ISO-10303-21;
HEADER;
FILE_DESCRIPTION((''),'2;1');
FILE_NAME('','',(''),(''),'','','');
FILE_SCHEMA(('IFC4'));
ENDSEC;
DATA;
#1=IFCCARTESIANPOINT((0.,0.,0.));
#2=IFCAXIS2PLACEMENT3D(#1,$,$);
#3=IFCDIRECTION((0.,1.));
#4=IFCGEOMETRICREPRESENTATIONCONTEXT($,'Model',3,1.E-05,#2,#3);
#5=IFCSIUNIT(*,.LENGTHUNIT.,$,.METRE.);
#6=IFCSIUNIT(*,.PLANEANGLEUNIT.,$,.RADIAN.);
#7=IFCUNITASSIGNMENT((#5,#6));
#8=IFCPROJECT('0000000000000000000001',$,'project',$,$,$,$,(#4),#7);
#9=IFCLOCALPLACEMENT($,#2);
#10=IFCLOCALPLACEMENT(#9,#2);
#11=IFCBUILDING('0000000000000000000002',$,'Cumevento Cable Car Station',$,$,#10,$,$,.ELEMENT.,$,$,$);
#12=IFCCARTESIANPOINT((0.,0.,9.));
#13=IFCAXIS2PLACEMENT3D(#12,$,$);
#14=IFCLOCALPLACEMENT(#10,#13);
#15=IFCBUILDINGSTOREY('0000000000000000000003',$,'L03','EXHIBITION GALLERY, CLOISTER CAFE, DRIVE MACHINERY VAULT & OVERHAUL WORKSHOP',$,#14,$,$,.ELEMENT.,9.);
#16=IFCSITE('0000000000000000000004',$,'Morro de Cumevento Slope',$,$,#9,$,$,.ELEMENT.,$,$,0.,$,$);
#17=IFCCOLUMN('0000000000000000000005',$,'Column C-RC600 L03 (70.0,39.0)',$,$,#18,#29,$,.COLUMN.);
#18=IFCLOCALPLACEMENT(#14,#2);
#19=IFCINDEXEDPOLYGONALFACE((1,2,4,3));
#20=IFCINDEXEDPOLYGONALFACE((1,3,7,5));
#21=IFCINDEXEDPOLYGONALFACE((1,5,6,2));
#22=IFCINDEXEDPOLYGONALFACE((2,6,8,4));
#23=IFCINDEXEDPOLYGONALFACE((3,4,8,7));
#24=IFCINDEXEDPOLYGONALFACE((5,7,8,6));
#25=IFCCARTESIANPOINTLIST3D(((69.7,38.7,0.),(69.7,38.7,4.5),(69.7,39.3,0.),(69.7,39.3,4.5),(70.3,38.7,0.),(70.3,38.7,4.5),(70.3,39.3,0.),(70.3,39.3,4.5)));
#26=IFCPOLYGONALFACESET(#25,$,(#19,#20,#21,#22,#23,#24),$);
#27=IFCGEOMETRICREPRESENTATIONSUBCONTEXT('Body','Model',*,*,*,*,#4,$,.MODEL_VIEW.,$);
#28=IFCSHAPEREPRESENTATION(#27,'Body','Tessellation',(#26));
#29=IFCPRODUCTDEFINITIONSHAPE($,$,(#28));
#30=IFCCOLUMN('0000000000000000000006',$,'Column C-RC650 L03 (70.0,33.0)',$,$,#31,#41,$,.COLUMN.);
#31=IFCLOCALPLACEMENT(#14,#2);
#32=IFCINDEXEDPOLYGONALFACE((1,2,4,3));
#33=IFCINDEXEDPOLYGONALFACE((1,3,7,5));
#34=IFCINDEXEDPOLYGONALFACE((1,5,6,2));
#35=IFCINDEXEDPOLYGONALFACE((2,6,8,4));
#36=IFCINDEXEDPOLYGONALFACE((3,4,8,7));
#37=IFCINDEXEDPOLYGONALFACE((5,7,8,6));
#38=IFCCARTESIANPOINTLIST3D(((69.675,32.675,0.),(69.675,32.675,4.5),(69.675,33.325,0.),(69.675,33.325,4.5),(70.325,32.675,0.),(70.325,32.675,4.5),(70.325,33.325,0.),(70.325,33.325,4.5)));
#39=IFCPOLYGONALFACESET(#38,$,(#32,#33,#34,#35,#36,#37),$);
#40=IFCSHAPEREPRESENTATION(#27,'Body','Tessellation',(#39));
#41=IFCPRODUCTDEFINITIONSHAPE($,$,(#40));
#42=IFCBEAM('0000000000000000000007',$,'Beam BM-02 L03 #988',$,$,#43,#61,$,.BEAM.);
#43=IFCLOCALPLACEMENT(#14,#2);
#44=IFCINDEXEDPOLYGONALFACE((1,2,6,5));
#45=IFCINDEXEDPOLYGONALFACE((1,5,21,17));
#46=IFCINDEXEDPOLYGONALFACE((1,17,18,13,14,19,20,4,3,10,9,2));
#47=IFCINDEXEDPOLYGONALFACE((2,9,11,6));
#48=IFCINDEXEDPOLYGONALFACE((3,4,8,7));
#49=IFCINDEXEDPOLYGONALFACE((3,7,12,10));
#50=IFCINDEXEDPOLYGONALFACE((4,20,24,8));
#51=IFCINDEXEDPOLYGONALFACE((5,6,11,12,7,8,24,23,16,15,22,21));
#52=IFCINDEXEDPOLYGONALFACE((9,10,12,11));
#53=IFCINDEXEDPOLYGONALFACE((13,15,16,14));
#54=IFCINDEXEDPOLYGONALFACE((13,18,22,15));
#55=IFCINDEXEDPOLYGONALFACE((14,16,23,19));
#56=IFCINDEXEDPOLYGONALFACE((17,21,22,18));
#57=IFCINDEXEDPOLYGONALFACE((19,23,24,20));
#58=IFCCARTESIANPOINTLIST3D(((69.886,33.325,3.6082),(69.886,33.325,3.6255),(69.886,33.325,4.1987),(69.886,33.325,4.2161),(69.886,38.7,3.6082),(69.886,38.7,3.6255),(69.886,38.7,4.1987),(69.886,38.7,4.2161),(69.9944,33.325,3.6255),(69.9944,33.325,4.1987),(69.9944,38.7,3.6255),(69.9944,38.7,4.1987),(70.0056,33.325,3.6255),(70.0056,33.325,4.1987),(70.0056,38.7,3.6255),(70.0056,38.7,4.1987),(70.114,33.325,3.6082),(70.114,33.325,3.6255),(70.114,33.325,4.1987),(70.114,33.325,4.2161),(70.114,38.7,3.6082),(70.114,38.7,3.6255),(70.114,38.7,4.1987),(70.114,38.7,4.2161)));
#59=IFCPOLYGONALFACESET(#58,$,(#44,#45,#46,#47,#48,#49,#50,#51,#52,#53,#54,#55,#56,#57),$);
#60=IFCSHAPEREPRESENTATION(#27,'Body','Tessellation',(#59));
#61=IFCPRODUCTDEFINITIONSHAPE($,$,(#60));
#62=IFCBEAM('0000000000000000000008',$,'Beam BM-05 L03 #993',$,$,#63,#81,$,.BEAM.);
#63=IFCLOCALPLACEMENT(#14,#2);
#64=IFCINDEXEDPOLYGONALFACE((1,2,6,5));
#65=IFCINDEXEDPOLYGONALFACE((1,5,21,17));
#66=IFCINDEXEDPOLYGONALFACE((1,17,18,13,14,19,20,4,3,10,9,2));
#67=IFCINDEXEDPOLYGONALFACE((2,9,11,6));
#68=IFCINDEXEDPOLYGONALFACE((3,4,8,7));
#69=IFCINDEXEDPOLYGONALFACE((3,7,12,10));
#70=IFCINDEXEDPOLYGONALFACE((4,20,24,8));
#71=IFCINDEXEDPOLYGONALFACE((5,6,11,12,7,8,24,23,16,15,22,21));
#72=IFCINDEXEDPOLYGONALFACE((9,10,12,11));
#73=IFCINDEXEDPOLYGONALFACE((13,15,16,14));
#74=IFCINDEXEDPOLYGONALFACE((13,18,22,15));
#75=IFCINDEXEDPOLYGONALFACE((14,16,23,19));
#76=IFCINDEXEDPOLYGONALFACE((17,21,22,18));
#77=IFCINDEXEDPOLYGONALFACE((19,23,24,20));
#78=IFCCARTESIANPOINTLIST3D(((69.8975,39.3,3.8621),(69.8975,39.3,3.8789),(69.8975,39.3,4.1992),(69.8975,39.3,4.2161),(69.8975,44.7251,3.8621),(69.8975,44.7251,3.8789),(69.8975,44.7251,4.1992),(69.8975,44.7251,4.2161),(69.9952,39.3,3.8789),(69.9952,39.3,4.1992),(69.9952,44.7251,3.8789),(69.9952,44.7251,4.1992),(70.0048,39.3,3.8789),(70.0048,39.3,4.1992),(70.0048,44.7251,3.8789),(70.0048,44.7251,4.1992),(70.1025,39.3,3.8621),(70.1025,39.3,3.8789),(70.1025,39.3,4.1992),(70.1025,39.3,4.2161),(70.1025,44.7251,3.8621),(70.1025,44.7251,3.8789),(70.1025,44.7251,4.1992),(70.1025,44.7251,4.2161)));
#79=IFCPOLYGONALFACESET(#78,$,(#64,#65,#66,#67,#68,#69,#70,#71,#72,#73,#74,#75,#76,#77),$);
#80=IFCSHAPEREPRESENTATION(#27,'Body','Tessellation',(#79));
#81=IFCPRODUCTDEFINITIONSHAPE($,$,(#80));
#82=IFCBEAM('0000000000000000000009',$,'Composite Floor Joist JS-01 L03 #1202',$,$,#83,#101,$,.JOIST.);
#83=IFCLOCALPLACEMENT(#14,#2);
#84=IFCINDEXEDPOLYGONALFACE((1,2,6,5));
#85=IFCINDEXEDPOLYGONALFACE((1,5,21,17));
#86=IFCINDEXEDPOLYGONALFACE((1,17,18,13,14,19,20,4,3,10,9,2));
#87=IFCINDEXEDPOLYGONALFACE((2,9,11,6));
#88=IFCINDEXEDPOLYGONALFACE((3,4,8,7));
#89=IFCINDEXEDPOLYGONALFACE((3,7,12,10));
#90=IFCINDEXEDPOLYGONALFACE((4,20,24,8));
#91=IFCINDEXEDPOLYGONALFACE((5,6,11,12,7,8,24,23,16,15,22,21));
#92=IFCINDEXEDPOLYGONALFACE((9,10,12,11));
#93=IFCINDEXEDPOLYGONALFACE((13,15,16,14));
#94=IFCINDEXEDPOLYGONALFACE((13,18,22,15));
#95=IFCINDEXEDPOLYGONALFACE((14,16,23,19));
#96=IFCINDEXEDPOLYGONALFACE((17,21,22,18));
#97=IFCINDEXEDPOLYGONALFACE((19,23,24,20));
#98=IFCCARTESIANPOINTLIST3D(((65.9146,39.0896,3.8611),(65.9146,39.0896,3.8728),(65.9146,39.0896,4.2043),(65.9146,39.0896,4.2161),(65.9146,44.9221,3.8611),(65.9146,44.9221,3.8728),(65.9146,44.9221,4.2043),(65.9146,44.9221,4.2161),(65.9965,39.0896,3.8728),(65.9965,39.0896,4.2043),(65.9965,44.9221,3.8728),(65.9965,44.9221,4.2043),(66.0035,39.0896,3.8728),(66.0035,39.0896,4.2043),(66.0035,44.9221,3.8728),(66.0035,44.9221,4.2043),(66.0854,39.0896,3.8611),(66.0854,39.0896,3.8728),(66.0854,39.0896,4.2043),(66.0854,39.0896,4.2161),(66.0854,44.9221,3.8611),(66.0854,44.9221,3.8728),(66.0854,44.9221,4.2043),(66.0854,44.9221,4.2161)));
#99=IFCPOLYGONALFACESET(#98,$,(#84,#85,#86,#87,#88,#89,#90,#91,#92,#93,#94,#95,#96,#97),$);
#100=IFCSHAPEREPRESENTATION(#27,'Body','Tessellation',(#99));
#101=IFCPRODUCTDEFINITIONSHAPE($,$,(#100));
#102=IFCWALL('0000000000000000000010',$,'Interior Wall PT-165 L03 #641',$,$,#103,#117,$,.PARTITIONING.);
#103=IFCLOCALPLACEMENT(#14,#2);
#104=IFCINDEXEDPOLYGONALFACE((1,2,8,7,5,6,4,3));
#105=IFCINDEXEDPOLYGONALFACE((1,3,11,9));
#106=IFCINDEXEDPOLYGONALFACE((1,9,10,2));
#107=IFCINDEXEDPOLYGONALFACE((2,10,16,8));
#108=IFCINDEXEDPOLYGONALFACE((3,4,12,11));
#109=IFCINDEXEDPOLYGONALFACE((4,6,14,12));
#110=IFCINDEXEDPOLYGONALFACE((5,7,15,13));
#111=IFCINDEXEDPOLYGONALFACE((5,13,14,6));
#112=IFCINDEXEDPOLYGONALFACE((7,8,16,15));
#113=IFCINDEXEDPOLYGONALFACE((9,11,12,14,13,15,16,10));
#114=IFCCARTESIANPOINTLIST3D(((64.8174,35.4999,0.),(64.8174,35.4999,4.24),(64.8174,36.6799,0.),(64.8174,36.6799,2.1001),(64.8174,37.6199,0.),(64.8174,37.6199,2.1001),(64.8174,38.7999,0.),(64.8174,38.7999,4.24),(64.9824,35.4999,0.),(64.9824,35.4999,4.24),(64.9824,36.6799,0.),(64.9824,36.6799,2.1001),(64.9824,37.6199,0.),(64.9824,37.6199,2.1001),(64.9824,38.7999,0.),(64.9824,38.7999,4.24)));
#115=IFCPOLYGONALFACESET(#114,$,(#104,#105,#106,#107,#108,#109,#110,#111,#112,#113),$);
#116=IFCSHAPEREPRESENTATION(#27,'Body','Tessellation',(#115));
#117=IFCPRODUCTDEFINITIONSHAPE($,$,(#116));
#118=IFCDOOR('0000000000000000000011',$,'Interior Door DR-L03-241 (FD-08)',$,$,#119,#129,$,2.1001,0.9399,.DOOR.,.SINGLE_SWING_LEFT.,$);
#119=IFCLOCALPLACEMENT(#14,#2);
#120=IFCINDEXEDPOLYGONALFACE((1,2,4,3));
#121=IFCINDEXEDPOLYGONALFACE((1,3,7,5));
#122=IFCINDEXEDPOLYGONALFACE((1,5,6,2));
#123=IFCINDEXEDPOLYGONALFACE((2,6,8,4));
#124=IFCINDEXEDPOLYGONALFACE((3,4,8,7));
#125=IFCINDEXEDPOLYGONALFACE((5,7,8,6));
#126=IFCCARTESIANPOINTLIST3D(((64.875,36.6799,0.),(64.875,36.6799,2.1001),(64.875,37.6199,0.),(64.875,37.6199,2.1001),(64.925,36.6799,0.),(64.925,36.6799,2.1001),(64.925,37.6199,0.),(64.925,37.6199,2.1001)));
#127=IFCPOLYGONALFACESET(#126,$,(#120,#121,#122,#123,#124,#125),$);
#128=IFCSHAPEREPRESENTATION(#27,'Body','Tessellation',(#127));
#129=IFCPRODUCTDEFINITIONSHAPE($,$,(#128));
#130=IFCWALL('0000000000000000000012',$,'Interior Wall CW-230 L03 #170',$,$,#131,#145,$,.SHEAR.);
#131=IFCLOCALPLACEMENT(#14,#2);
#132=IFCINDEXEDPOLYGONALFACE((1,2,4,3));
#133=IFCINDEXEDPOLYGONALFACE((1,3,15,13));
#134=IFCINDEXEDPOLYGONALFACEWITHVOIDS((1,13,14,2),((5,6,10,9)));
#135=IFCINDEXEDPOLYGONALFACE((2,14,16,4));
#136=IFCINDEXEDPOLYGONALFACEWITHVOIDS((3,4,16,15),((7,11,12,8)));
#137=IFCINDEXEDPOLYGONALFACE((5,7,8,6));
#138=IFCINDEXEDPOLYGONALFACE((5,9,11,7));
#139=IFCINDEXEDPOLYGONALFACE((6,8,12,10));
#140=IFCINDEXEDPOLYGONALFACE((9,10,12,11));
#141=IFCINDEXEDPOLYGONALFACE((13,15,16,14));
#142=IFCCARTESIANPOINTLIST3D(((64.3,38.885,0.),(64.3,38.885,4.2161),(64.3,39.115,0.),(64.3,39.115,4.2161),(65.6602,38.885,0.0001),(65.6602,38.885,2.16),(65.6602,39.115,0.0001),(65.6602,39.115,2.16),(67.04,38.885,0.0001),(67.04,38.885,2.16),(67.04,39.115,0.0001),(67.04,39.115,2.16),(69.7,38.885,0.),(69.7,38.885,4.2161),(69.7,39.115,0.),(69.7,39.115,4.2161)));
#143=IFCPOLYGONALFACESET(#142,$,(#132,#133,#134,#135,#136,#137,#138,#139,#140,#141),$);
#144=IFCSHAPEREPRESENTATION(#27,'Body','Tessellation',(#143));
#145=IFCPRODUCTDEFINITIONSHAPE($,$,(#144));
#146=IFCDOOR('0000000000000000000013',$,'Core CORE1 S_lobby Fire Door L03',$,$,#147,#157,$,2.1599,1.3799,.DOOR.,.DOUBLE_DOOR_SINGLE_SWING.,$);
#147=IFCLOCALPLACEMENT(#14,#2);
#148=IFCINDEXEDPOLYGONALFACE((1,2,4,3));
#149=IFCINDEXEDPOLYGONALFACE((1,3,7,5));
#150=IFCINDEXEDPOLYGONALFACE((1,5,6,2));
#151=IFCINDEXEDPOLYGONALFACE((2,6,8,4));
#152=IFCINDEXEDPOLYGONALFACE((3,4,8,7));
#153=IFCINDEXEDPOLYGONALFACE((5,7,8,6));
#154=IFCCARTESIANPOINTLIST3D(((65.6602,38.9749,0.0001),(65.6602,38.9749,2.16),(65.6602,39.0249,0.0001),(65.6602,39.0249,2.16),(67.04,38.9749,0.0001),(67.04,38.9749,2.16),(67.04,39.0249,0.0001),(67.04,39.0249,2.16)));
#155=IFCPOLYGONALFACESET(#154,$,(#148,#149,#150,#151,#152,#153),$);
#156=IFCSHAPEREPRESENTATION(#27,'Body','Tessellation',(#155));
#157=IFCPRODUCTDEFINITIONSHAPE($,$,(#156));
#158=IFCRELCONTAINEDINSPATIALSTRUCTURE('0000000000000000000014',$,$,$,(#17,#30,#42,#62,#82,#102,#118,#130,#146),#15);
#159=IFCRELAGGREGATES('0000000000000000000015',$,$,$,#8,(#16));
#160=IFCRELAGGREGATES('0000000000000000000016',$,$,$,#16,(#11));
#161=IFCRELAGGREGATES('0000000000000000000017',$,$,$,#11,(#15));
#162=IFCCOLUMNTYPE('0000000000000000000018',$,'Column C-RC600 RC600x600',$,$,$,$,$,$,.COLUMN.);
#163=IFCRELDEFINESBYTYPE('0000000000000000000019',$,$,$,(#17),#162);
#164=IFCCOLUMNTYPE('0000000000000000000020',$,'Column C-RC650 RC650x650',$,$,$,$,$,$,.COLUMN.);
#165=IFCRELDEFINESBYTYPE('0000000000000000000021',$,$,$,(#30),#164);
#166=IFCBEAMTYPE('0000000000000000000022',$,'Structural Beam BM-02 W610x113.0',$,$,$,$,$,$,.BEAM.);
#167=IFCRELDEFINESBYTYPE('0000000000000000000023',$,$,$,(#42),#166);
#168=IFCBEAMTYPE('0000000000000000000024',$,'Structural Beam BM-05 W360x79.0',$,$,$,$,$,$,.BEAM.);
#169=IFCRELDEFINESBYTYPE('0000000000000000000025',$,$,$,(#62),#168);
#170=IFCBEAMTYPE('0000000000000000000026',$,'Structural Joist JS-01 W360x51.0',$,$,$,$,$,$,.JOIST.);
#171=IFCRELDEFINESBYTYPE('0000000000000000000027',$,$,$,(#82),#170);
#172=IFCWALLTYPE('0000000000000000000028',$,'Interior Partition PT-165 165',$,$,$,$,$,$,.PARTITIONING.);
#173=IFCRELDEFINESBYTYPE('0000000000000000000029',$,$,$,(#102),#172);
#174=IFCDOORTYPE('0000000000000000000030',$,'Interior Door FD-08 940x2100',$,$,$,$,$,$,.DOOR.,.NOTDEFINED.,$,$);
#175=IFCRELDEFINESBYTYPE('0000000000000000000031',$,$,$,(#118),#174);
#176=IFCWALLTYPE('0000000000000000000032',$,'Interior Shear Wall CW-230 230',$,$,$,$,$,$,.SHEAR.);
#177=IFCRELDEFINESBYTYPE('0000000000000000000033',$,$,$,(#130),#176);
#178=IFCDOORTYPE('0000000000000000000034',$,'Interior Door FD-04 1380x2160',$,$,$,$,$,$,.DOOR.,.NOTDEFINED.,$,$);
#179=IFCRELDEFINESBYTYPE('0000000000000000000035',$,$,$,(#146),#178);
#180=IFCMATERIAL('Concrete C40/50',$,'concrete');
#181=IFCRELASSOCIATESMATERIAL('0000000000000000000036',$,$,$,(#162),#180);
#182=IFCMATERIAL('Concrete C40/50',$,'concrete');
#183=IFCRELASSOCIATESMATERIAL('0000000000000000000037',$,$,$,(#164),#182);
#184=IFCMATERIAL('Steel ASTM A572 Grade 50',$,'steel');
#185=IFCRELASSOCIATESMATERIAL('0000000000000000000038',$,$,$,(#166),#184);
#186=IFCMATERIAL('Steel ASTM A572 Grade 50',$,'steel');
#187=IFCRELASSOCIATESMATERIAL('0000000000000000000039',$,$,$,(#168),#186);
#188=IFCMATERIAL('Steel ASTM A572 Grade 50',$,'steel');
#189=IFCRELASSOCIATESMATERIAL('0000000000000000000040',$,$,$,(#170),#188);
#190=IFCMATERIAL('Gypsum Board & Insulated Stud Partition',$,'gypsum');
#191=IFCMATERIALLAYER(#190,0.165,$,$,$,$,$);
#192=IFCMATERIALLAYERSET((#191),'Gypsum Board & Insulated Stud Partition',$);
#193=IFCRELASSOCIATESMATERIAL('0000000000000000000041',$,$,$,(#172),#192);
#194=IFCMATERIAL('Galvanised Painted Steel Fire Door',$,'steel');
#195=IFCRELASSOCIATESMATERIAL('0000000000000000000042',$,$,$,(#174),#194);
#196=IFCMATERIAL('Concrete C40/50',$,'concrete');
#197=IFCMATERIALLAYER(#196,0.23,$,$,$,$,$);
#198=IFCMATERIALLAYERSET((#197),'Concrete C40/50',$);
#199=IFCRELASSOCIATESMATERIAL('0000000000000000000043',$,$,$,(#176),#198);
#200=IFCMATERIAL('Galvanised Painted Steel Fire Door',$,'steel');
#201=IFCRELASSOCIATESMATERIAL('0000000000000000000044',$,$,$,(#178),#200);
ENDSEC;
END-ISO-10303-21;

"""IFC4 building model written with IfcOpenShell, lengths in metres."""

from ifc_helpers import new_model, si_unit, direction, frame, frame_2d, origin, origin_2d, place, context, subcontext, project, spatial, rectangle, i_section, extrude, material, layer, layer_set, material_profile, profile_set, type_object, element, fill, save


model = new_model("IFC4")

# Units and contexts
model_context = context("Model", 3, precision=1e-05, world=origin(), true_north=direction((0.0, 1.0)))
body_context = subcontext(model_context, "Body", "Model", "MODEL_VIEW")
ifc_project = project(units=[si_unit("LENGTHUNIT", "METRE"), si_unit("PLANEANGLEUNIT", "RADIAN")], contexts=[model_context])

# Site, building, storey
site_placement = place(None, origin())
site = spatial("IfcSite", under=ifc_project, at=site_placement, Name="Morro de Cumevento Slope", CompositionType="ELEMENT", RefElevation=0.0)
building_placement = place(site_placement, origin())
building = spatial("IfcBuilding", under=site, at=building_placement, Name="Cumevento Cable Car Station", CompositionType="ELEMENT")
storey_placement = place(building_placement, frame((0.0, 0.0, 9.0)))
storey = spatial("IfcBuildingStorey", under=building, at=storey_placement, Name="L03", Description="EXHIBITION GALLERY, CLOISTER CAFE, DRIVE MACHINERY VAULT & OVERHAUL WORKSHOP", CompositionType="ELEMENT", Elevation=9.0)

# Columns
ifc_material_1 = material(Name="Concrete C40/50", Category="concrete")
ifc_material_profile_1 = material_profile(ifc_material_1, rectangle(XDim=0.6001, YDim=0.6001, at=origin_2d()), Name="RC600x600")
ifc_profile_set_1 = profile_set([ifc_material_profile_1], Name="Concrete C40/50")
column_type_1 = type_object("IfcColumnType", Name="Column C-RC600 RC600x600", PredefinedType="COLUMN", material=ifc_profile_set_1)
column_1_placement = place(storey_placement, frame((70.0, 39.0, 0.0), z_axis=(0.0, 0.0, 1.0), x_axis=(1.0, 0.0, 0.0)))
element("IfcColumn", 1, at=column_1_placement, inside=storey, type_object=column_type_1, Name="Column C-RC600 L03 (70.0,39.0)", PredefinedType="COLUMN", context=body_context, shape_type="SweptSolid", body=[
    extrude(rectangle(XDim=0.6001, YDim=0.6001, at=origin_2d()), origin(), (0.0, 0.0, 1.0), 4.5),
])
ifc_material_2 = material(Name="Concrete C40/50", Category="concrete")
ifc_material_profile_2 = material_profile(ifc_material_2, rectangle(XDim=0.6499, YDim=0.6499, at=origin_2d()), Name="RC650x650")
ifc_profile_set_2 = profile_set([ifc_material_profile_2], Name="Concrete C40/50")
column_type_2 = type_object("IfcColumnType", Name="Column C-RC650 RC650x650", PredefinedType="COLUMN", material=ifc_profile_set_2)
column_2_placement = place(storey_placement, frame((70.0, 33.0, 0.0), z_axis=(0.0, 0.0, 1.0), x_axis=(1.0, 0.0, 0.0)))
element("IfcColumn", 2, at=column_2_placement, inside=storey, type_object=column_type_2, Name="Column C-RC650 L03 (70.0,33.0)", PredefinedType="COLUMN", context=body_context, shape_type="SweptSolid", body=[
    extrude(rectangle(XDim=0.6499, YDim=0.6499, at=origin_2d()), origin(), (0.0, 0.0, 1.0), 4.5),
])

# Beams
ifc_material_3 = material(Name="Steel ASTM A572 Grade 50", Category="steel")
ifc_material_profile_3 = material_profile(ifc_material_3, i_section(OverallWidth=0.228, OverallDepth=0.6079, WebThickness=0.0112, FlangeThickness=0.0173, at=origin_2d()), Name="W610x113.0")
ifc_profile_set_3 = profile_set([ifc_material_profile_3], Name="Steel ASTM A572 Grade 50")
beam_type_1 = type_object("IfcBeamType", Name="Structural Beam BM-02 W610x113.0", PredefinedType="BEAM", material=ifc_profile_set_3)
beam_1_placement = place(storey_placement, frame((70.0, 33.325, 3.9121), z_axis=(0.0, 1.0, 0.0), x_axis=(-1.0, 0.0, 0.0)))
element("IfcBeam", 3, at=beam_1_placement, inside=storey, type_object=beam_type_1, Name="Beam BM-02 L03 #988", PredefinedType="BEAM", context=body_context, shape_type="SweptSolid", body=[
    extrude(i_section(OverallWidth=0.228, OverallDepth=0.6079, WebThickness=0.0112, FlangeThickness=0.0173, at=origin_2d()), origin(), (0.0, 0.0, 1.0), 5.375),
])
ifc_material_4 = material(Name="Steel ASTM A572 Grade 50", Category="steel")
ifc_material_profile_4 = material_profile(ifc_material_4, i_section(OverallWidth=0.2051, OverallDepth=0.354, WebThickness=0.0095, FlangeThickness=0.0168, at=origin_2d()), Name="W360x79.0")
ifc_profile_set_4 = profile_set([ifc_material_profile_4], Name="Steel ASTM A572 Grade 50")
beam_type_2 = type_object("IfcBeamType", Name="Structural Beam BM-05 W360x79.0", PredefinedType="BEAM", material=ifc_profile_set_4)
beam_2_placement = place(storey_placement, frame((70.0, 39.3, 4.0391), z_axis=(0.0, 1.0, 0.0), x_axis=(-1.0, 0.0, 0.0)))
element("IfcBeam", 4, at=beam_2_placement, inside=storey, type_object=beam_type_2, Name="Beam BM-05 L03 #993", PredefinedType="BEAM", context=body_context, shape_type="SweptSolid", body=[
    extrude(i_section(OverallWidth=0.2051, OverallDepth=0.354, WebThickness=0.0095, FlangeThickness=0.0168, at=origin_2d()), origin(), (0.0, 0.0, 1.0), 5.425),
])
ifc_material_5 = material(Name="Steel ASTM A572 Grade 50", Category="steel")
ifc_material_profile_5 = material_profile(ifc_material_5, i_section(OverallWidth=0.1709, OverallDepth=0.355, WebThickness=0.0071, FlangeThickness=0.0117, at=origin_2d()), Name="W360x51.0")
ifc_profile_set_5 = profile_set([ifc_material_profile_5], Name="Steel ASTM A572 Grade 50")
beam_type_3 = type_object("IfcBeamType", Name="Structural Joist JS-01 W360x51.0", PredefinedType="JOIST", material=ifc_profile_set_5)
beam_3_placement = place(storey_placement, frame((66.0, 39.0896, 4.0386), z_axis=(0.0, 1.0, 0.0), x_axis=(-1.0, 0.0, 0.0)))
element("IfcBeam", 5, at=beam_3_placement, inside=storey, type_object=beam_type_3, Name="Composite Floor Joist JS-01 L03 #1202", PredefinedType="JOIST", context=body_context, shape_type="SweptSolid", body=[
    extrude(i_section(OverallWidth=0.1709, OverallDepth=0.355, WebThickness=0.0071, FlangeThickness=0.0117, at=origin_2d()), origin(), (0.0, 0.0, 1.0), 5.8325),
])

# Walls, openings, doors
ifc_material_6 = material(Name="Gypsum Board & Insulated Stud Partition", Category="gypsum")
ifc_layer_1 = layer(ifc_material_6, 0.165)
ifc_layer_set_1 = layer_set([ifc_layer_1], Name="Gypsum Board & Insulated Stud Partition")
wall_type_1 = type_object("IfcWallType", Name="Interior Partition PT-165 165", PredefinedType="PARTITIONING", material=ifc_layer_set_1)
wall_1_placement = place(storey_placement, frame((64.8999, 35.5, 0.0), z_axis=(0.0, 0.0, 1.0), x_axis=(0.0, 1.0, 0.0)))
wall_1 = element("IfcWall", 6, at=wall_1_placement, inside=storey, type_object=wall_type_1, Name="Interior Wall PT-165 L03 #641", PredefinedType="PARTITIONING", context=body_context, shape_type="SweptSolid", body=[
    extrude(rectangle(XDim=3.3, YDim=0.165, at=frame_2d((1.6499, 0.0))), origin(), (0.0, 0.0, 1.0), 4.24),
])
opening_1_placement = place(wall_1_placement, frame((1.1799, 0.0, 0.0)))
opening_1 = element("IfcOpeningElement", 7, at=opening_1_placement, cuts=wall_1, PredefinedType="OPENING", context=body_context, shape_type="SweptSolid", body=[
    extrude(rectangle(XDim=0.9399, YDim=2.1001, at=frame_2d((0.47, 1.05))), frame((0.0, 0.0925, 0.0), z_axis=(0.0, -1.0, 0.0), x_axis=(1.0, 0.0, 0.0)), (0.0, 0.0, 1.0), 0.1851),
])
ifc_material_7 = material(Name="Galvanised Painted Steel Fire Door", Category="steel")
door_type_1 = type_object("IfcDoorType", Name="Interior Door FD-08 940x2100", OperationType="NOTDEFINED", PredefinedType="DOOR", material=ifc_material_7)
door_1_placement = place(opening_1_placement, origin())
door_1 = element("IfcDoor", 8, at=door_1_placement, inside=storey, type_object=door_type_1, Name="Interior Door DR-L03-241 (FD-08)", OperationType="SINGLE_SWING_LEFT", OverallHeight=2.1001, OverallWidth=0.9399, PredefinedType="DOOR", context=body_context, shape_type="SweptSolid", body=[
    extrude(rectangle(XDim=0.9399, YDim=2.1001, at=frame_2d((0.47, 1.05))), frame((0.0, 0.0249, 0.0), z_axis=(0.0, -1.0, 0.0), x_axis=(1.0, 0.0, 0.0)), (0.0, 0.0, 1.0), 0.05),
])
fill(opening_1, door_1)
ifc_material_8 = material(Name="Concrete C40/50", Category="concrete")
ifc_layer_2 = layer(ifc_material_8, 0.23)
ifc_layer_set_2 = layer_set([ifc_layer_2], Name="Concrete C40/50")
wall_type_2 = type_object("IfcWallType", Name="Interior Shear Wall CW-230 230", PredefinedType="SHEAR", material=ifc_layer_set_2)
wall_2_placement = place(storey_placement, frame((64.3, 39.0, 0.0), z_axis=(0.0, 0.0, 1.0), x_axis=(1.0, 0.0, 0.0)))
wall_2 = element("IfcWall", 9, at=wall_2_placement, inside=storey, type_object=wall_type_2, Name="Interior Wall CW-230 L03 #170", PredefinedType="SHEAR", context=body_context, shape_type="SweptSolid", body=[
    extrude(rectangle(XDim=5.3999, YDim=0.23, at=frame_2d((2.7, 0.0))), origin(), (0.0, 0.0, 1.0), 4.2161),
])
opening_2_placement = place(wall_2_placement, frame((1.3601, 0.0, 0.0)))
opening_2 = element("IfcOpeningElement", 10, at=opening_2_placement, cuts=wall_2, PredefinedType="OPENING", context=body_context, shape_type="SweptSolid", body=[
    extrude(rectangle(XDim=1.3799, YDim=2.1599, at=frame_2d((0.6899, 1.0801))), frame((0.0, 0.125, 0.0), z_axis=(0.0, -1.0, 0.0), x_axis=(1.0, 0.0, 0.0)), (0.0, 0.0, 1.0), 0.25),
])
ifc_material_9 = material(Name="Galvanised Painted Steel Fire Door", Category="steel")
door_type_2 = type_object("IfcDoorType", Name="Interior Door FD-04 1380x2160", OperationType="NOTDEFINED", PredefinedType="DOOR", material=ifc_material_9)
door_2_placement = place(opening_2_placement, origin())
door_2 = element("IfcDoor", 11, at=door_2_placement, inside=storey, type_object=door_type_2, Name="Core CORE1 S_lobby Fire Door L03", OperationType="DOUBLE_DOOR_SINGLE_SWING", OverallHeight=2.1599, OverallWidth=1.3799, PredefinedType="DOOR", context=body_context, shape_type="SweptSolid", body=[
    extrude(rectangle(XDim=1.3799, YDim=2.1599, at=frame_2d((0.6899, 1.0801))), frame((0.0, 0.0249, 0.0), z_axis=(0.0, -1.0, 0.0), x_axis=(1.0, 0.0, 0.0)), (0.0, 0.0, 1.0), 0.05),
])
fill(opening_2, door_2)

save(model, "model.ifc")
